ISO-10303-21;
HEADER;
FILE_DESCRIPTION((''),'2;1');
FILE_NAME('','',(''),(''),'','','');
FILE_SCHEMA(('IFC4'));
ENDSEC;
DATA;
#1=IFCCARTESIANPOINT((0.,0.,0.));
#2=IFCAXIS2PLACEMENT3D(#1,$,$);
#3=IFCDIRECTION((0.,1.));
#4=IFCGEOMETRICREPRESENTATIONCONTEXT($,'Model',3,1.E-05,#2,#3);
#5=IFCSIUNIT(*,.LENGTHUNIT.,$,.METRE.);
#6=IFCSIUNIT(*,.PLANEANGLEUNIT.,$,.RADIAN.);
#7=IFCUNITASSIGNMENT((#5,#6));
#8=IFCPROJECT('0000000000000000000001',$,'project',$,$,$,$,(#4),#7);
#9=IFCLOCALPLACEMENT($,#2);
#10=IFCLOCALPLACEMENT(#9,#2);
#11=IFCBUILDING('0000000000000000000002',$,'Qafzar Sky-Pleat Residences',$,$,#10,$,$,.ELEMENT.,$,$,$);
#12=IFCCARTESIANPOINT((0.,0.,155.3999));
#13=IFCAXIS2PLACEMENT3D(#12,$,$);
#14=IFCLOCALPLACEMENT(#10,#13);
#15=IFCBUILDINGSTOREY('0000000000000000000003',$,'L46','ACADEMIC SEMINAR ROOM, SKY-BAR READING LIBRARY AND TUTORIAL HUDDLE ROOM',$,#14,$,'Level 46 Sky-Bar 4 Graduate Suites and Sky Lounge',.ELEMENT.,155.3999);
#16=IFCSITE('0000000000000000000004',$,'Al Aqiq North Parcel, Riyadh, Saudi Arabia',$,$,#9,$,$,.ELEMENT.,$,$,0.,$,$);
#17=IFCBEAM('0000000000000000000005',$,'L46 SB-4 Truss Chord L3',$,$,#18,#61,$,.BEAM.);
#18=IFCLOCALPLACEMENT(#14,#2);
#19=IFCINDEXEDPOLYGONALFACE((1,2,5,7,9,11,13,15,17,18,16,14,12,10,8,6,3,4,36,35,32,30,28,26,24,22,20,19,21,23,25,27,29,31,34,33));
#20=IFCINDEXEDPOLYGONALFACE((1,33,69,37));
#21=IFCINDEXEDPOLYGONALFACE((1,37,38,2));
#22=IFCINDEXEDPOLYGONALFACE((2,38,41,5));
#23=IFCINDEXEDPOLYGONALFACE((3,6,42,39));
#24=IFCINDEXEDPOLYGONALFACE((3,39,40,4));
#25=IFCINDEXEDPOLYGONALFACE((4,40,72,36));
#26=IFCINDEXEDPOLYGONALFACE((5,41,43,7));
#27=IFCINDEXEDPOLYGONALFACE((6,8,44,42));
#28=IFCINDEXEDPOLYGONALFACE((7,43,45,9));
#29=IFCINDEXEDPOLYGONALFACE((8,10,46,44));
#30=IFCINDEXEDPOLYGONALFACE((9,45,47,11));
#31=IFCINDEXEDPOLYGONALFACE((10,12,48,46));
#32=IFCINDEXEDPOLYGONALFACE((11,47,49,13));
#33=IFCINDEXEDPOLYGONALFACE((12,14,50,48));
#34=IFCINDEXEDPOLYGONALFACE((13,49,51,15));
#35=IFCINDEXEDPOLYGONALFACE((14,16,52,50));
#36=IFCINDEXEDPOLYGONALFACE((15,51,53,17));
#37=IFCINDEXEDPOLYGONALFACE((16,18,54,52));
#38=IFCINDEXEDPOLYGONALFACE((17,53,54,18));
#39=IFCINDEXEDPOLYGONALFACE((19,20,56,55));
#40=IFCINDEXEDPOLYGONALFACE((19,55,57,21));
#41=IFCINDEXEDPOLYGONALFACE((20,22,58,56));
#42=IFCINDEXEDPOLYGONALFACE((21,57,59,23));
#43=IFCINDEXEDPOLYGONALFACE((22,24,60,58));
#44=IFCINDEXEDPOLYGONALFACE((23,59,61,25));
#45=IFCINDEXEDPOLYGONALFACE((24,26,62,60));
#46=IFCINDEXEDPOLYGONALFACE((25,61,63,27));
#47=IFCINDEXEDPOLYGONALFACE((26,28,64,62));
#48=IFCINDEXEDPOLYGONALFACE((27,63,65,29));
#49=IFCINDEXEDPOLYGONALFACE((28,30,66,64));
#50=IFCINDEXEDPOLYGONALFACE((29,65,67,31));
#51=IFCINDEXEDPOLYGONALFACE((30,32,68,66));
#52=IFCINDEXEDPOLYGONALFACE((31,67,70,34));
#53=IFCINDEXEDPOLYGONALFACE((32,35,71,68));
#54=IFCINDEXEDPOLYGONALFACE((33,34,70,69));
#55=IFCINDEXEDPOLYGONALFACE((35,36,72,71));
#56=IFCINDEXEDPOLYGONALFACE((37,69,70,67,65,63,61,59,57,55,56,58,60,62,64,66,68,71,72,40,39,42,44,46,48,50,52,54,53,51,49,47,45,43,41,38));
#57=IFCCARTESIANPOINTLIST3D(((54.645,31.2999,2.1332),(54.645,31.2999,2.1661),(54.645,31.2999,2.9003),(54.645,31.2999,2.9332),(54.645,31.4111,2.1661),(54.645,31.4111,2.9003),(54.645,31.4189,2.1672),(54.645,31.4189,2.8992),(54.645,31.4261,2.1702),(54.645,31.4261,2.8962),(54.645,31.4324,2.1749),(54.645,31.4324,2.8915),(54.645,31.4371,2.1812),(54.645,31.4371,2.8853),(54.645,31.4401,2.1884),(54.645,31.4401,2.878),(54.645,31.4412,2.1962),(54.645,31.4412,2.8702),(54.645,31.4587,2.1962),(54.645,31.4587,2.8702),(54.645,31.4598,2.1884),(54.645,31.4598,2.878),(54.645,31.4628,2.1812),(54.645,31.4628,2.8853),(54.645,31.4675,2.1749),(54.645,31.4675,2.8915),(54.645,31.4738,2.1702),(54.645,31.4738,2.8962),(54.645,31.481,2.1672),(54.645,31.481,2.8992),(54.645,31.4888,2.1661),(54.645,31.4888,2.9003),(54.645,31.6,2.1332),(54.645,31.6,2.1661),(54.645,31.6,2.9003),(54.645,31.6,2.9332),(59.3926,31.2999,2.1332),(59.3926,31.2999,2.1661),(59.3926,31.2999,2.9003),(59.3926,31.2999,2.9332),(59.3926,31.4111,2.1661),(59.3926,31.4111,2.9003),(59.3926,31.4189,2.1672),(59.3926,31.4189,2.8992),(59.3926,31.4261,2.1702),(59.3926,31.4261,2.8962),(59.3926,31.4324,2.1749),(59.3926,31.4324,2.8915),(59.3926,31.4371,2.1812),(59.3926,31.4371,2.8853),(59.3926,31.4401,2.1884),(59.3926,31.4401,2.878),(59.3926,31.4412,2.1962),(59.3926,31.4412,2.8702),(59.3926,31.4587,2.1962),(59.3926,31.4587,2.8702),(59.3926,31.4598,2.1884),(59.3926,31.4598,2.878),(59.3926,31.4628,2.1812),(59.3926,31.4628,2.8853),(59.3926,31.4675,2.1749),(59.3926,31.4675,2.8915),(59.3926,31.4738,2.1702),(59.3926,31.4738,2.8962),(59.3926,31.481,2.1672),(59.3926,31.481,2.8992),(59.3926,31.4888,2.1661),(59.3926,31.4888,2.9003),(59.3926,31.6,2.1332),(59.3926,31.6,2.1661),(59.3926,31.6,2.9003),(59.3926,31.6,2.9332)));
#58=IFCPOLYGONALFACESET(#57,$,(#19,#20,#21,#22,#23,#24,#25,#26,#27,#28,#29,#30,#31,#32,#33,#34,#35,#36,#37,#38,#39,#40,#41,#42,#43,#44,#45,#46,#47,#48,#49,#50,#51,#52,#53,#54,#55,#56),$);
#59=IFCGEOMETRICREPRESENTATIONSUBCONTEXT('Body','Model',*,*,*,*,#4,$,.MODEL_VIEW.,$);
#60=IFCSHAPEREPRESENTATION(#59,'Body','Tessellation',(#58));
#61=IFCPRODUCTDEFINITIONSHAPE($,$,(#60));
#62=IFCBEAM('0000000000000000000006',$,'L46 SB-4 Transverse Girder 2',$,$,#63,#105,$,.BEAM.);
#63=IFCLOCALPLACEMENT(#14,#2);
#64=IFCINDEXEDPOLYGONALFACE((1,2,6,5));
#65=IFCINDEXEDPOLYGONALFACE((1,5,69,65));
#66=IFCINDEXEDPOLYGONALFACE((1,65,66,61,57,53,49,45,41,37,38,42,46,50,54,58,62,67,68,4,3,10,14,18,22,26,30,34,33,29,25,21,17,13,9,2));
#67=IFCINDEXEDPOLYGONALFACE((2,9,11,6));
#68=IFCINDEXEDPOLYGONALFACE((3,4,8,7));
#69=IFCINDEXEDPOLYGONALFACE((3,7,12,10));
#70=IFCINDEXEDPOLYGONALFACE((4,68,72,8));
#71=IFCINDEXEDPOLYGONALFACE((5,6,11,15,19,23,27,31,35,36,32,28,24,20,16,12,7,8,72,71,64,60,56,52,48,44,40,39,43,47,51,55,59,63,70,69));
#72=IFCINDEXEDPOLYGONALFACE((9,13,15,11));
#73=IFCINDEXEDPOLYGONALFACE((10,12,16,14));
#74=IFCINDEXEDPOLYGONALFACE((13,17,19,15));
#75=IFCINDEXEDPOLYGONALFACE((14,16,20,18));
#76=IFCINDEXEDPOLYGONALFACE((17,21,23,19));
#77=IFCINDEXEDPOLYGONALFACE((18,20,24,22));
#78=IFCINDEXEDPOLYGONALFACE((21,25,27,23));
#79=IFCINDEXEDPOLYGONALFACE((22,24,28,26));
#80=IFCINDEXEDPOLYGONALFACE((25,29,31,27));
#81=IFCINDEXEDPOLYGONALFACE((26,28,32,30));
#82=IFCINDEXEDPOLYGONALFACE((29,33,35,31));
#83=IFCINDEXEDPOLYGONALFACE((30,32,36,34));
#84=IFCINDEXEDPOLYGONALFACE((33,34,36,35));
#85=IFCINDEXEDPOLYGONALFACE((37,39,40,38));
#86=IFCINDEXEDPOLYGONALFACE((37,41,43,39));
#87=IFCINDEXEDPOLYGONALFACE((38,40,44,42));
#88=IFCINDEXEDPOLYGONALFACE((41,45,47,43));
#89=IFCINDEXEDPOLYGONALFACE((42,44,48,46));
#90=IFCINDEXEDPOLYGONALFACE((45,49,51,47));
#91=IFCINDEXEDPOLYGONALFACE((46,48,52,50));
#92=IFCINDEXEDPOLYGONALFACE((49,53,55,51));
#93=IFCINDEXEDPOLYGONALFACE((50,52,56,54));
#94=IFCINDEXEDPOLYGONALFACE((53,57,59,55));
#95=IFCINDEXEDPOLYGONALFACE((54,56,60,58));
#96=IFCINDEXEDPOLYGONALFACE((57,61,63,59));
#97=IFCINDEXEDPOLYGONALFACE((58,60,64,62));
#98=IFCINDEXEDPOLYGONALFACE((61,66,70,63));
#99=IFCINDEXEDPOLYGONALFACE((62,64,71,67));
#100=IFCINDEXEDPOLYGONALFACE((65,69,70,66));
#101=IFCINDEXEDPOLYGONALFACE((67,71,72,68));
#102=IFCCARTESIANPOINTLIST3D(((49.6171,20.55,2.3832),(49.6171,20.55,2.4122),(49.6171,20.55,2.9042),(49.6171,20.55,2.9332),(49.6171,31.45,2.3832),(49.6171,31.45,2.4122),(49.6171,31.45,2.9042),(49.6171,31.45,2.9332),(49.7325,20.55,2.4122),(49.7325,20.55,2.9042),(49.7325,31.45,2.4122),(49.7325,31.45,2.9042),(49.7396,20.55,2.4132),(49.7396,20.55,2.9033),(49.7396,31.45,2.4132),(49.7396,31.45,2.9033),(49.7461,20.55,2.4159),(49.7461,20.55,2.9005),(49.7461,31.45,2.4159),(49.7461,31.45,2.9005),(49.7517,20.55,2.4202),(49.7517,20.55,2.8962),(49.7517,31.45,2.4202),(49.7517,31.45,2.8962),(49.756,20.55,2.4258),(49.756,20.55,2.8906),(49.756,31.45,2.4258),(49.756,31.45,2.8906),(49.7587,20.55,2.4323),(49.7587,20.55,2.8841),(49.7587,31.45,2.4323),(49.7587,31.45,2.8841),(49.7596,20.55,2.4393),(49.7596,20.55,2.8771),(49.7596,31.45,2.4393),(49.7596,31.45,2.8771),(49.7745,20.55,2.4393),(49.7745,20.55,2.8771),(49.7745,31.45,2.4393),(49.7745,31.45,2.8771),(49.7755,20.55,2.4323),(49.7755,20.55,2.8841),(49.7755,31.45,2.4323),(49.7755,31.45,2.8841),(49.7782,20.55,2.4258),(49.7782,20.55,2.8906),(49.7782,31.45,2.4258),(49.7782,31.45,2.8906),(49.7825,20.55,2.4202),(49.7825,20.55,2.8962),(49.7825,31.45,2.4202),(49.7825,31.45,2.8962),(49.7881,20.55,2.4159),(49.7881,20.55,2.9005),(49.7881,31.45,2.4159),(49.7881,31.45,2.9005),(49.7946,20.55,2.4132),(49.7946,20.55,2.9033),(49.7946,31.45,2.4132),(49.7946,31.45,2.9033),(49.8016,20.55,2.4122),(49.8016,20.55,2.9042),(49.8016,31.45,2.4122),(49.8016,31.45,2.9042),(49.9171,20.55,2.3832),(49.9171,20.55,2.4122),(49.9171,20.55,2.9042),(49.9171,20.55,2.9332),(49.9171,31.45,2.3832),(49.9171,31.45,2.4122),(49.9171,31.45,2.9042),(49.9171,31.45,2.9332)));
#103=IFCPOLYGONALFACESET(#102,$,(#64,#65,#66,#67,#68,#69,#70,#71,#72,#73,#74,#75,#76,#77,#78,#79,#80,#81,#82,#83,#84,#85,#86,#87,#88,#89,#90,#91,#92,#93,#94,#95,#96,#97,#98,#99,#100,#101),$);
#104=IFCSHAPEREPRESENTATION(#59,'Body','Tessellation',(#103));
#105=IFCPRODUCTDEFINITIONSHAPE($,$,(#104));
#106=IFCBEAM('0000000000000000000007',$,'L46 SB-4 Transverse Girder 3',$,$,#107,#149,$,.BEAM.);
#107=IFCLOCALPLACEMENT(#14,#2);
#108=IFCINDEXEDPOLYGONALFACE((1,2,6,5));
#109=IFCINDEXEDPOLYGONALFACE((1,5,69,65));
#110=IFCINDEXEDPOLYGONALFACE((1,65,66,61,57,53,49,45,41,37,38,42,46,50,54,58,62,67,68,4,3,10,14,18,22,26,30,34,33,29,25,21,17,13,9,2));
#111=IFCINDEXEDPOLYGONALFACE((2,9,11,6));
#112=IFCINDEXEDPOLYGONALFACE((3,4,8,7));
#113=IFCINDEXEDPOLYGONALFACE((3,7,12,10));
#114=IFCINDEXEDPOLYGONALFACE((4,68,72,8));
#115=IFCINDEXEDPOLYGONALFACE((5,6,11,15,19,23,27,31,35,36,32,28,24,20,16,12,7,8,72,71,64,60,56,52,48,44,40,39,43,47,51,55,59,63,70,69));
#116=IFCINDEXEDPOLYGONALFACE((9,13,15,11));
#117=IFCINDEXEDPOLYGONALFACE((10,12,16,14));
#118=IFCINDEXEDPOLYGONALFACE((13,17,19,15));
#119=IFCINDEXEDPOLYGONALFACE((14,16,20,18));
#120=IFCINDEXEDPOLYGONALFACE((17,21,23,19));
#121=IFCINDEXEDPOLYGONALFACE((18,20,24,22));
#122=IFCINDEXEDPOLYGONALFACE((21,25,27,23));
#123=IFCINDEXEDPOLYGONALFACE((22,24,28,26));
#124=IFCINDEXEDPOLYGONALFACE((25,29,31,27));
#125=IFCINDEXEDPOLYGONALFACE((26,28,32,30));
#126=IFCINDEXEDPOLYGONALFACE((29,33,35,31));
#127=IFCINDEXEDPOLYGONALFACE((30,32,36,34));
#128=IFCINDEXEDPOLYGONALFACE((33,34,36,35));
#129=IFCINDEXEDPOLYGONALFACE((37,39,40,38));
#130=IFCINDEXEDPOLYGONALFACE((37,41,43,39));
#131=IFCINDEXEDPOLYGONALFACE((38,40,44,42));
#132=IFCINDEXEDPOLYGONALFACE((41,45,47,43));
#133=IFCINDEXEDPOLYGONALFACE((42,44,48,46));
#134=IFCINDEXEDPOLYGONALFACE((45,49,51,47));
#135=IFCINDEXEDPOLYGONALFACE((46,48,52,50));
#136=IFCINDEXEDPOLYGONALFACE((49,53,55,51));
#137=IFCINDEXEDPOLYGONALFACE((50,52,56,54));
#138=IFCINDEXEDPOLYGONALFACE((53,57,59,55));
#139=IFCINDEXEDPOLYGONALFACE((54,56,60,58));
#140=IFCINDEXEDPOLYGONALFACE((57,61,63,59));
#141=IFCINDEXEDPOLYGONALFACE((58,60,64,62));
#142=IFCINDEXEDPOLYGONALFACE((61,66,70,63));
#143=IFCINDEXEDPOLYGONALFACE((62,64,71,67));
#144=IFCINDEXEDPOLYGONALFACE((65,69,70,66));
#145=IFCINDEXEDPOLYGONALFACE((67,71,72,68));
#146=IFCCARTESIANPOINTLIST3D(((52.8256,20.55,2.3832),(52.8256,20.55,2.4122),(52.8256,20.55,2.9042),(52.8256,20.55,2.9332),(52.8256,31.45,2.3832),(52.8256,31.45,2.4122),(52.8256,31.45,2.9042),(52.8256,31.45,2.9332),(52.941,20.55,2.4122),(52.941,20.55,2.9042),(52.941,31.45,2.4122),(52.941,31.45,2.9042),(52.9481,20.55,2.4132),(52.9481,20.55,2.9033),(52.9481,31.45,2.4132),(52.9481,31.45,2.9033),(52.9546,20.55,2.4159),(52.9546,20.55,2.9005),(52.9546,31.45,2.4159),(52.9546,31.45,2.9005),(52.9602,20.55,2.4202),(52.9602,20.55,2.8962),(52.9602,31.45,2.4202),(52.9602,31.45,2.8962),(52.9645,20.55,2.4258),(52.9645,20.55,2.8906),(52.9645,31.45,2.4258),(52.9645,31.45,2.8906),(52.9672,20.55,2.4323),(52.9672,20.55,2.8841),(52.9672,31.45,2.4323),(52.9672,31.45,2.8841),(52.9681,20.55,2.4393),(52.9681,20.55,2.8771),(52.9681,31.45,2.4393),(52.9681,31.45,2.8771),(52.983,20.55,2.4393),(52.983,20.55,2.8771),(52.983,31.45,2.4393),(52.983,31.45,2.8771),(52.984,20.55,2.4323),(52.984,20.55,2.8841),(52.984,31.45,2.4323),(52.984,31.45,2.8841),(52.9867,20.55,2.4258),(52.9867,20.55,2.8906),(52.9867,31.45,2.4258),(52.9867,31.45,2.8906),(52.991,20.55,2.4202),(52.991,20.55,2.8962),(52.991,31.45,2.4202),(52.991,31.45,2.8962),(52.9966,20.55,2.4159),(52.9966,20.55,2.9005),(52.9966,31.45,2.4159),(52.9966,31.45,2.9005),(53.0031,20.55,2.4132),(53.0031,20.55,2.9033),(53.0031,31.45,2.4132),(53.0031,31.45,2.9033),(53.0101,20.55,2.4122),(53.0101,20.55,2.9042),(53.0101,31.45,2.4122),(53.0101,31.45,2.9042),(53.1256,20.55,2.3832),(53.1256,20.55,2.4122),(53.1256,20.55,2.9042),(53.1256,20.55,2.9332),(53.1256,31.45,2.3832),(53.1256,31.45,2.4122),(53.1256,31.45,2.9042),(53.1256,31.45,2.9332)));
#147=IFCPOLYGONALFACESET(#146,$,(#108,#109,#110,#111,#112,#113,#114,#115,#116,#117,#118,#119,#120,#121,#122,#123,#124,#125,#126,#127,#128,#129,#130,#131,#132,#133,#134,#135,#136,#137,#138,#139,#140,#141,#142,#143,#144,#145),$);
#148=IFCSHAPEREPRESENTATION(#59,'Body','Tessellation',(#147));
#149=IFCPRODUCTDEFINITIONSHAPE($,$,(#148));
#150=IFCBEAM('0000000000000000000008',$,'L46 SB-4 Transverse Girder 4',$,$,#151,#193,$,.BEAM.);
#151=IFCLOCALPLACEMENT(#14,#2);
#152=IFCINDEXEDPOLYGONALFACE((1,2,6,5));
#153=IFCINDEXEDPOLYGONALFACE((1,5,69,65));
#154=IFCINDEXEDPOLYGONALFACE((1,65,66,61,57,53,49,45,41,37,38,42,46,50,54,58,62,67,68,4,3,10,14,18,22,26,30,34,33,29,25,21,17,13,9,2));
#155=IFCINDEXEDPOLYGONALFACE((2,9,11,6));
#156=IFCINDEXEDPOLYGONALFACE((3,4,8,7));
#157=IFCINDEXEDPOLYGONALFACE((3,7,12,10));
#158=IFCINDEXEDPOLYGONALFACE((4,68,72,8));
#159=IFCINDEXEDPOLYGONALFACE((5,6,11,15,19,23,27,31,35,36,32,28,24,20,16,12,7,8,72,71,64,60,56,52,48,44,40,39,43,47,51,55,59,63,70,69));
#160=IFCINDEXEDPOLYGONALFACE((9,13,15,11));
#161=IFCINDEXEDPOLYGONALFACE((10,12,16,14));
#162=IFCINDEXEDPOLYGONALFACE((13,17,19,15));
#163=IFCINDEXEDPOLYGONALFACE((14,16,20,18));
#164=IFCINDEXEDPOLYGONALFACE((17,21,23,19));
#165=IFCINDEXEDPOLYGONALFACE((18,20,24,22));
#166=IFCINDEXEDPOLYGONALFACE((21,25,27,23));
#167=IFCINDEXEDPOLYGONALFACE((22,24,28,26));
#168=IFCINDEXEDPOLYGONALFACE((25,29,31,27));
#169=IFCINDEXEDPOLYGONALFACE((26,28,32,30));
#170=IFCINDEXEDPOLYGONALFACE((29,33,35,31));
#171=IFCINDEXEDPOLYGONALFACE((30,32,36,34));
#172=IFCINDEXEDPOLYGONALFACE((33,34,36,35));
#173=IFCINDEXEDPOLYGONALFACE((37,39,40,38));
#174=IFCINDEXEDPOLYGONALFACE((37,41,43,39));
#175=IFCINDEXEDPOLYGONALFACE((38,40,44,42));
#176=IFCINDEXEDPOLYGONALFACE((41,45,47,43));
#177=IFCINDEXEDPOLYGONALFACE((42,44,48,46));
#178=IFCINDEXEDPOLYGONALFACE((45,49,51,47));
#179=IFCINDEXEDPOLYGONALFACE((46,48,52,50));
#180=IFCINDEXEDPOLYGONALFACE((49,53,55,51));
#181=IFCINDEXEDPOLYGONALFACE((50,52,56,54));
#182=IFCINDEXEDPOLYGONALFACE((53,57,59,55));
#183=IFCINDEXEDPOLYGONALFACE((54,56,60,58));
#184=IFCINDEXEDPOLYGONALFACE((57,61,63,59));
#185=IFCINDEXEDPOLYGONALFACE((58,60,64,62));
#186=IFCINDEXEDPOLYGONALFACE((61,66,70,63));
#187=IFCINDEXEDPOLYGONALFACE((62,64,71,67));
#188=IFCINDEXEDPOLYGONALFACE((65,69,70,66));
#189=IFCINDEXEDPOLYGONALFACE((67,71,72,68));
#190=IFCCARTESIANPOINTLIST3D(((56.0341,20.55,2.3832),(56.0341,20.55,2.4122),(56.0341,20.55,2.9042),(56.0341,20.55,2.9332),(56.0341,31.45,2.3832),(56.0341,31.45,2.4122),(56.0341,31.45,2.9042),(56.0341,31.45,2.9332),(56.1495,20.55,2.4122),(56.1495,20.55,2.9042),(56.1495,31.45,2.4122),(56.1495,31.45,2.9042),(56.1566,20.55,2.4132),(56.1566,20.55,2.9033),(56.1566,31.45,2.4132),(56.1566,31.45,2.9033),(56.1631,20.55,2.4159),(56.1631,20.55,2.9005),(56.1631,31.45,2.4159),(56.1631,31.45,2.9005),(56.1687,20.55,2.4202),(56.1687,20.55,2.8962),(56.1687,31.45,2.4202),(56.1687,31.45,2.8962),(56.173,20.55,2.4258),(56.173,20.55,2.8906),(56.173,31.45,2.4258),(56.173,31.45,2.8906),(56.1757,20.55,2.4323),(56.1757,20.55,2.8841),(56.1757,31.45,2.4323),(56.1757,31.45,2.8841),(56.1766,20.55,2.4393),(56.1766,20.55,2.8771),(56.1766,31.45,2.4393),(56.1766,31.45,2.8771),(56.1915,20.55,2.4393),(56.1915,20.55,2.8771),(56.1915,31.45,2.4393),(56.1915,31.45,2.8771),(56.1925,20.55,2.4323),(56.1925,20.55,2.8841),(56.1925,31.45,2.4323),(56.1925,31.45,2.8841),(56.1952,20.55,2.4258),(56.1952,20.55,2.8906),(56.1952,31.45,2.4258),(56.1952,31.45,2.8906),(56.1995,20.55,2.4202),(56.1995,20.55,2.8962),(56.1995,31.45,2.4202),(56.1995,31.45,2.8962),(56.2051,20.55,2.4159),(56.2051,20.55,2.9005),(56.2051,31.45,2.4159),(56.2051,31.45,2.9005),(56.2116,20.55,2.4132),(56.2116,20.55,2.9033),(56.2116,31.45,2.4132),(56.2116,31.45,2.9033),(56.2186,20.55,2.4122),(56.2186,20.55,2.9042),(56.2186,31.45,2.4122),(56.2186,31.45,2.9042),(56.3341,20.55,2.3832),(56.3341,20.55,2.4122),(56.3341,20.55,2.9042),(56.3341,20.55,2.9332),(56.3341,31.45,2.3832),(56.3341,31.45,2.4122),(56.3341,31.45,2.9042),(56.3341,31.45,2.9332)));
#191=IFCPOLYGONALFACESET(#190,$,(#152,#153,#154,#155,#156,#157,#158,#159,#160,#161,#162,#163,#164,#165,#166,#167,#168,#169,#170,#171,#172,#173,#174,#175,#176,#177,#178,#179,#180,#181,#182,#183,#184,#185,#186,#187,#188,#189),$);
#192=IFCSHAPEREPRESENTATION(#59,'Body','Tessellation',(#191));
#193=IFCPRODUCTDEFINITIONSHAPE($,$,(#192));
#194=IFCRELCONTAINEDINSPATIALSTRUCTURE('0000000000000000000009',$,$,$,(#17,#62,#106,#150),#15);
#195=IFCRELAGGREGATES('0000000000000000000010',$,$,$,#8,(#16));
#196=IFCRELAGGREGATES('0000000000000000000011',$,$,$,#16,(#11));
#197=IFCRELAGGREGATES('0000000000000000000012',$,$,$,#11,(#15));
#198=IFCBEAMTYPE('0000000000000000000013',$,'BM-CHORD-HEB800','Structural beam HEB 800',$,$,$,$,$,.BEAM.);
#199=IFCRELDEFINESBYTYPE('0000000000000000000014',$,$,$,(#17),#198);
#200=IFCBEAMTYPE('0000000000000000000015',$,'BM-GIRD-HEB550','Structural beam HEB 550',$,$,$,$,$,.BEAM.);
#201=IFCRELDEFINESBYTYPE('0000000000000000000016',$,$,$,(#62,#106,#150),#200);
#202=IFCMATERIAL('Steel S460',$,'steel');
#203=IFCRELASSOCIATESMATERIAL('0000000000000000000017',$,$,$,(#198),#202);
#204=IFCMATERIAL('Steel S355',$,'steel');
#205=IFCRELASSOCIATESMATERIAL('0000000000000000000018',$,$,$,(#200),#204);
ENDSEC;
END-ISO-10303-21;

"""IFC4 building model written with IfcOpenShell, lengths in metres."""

from ifc_helpers import new_model, si_unit, direction, frame, origin, origin_2d, place, context, subcontext, project, spatial, i_section, extrude, source, transform, mapped, material, material_profile, profile_set, type_object, element, save


model = new_model("IFC4")

# Units and contexts
model_context = context("Model", 3, precision=1e-05, world=origin(), true_north=direction((0.0, 1.0)))
body_context = subcontext(model_context, "Body", "Model", "MODEL_VIEW")
ifc_project = project(units=[si_unit("LENGTHUNIT", "METRE"), si_unit("PLANEANGLEUNIT", "RADIAN")], contexts=[model_context])

# Site, building, storey
site_placement = place(None, origin())
site = spatial("IfcSite", under=ifc_project, at=site_placement, Name="Al Aqiq North Parcel, Riyadh, Saudi Arabia", CompositionType="ELEMENT", RefElevation=0.0)
building_placement = place(site_placement, origin())
building = spatial("IfcBuilding", under=site, at=building_placement, Name="Qafzar Sky-Pleat Residences", CompositionType="ELEMENT")
storey_placement = place(building_placement, frame((0.0, 0.0, 155.3999)))
storey = spatial("IfcBuildingStorey", under=building, at=storey_placement, Name="L46", Description="ACADEMIC SEMINAR ROOM, SKY-BAR READING LIBRARY AND TUTORIAL HUDDLE ROOM", LongName="Level 46 Sky-Bar 4 Graduate Suites and Sky Lounge", CompositionType="ELEMENT", Elevation=155.3999)

# Beams
ifc_material_1 = material(Name="Steel S460", Category="steel")
ifc_material_profile_1 = material_profile(ifc_material_1, i_section(OverallWidth=0.3, OverallDepth=0.8, WebThickness=0.0176, FlangeThickness=0.033, FilletRadius=0.03, at=origin_2d()), Name="HEB 800")
ifc_profile_set_1 = profile_set([ifc_material_profile_1], Name="Steel S460")
beam_type_1 = type_object("IfcBeamType", Name="BM-CHORD-HEB800", Description="Structural beam HEB 800", PredefinedType="BEAM", material=ifc_profile_set_1)
shared_shape_1 = source(origin(), body_context, "Body", "SweptSolid", [
    extrude(i_section(OverallWidth=0.3, OverallDepth=0.8, WebThickness=0.0176, FlangeThickness=0.033, FilletRadius=0.03, at=origin_2d()), origin(), (0.0, 0.0, 1.0), 4.7476),
])
beam_placement = place(storey_placement, frame((54.645, 31.45, 2.5332), z_axis=(1.0, 0.0, 0.0), x_axis=(0.0, 1.0, 0.0)))
element("IfcBeam", 1, at=beam_placement, inside=storey, type_object=beam_type_1, Name="L46 SB-4 Truss Chord L3", PredefinedType="BEAM", context=body_context, shape_type="MappedRepresentation", body=[
    mapped(shared_shape_1, transform((0.0, 0.0, 0.0), x_axis=(1.0, 0.0, 0.0), y_axis=(0.0, 1.0, 0.0), z_axis=(0.0, 0.0, 1.0), scale=1.0)),
])
ifc_material_2 = material(Name="Steel S355", Category="steel")
ifc_material_profile_2 = material_profile(ifc_material_2, i_section(OverallWidth=0.3, OverallDepth=0.55, WebThickness=0.0149, FlangeThickness=0.0291, FilletRadius=0.0271, at=origin_2d()), Name="HEB 550")
ifc_profile_set_2 = profile_set([ifc_material_profile_2], Name="Steel S355")
beam_type_2 = type_object("IfcBeamType", Name="BM-GIRD-HEB550", Description="Structural beam HEB 550", PredefinedType="BEAM", material=ifc_profile_set_2)
shared_shape_2 = source(origin(), body_context, "Body", "SweptSolid", [
    extrude(i_section(OverallWidth=0.3, OverallDepth=0.55, WebThickness=0.0149, FlangeThickness=0.0291, FilletRadius=0.0271, at=origin_2d()), origin(), (0.0, 0.0, 1.0), 10.8999),
])
for number, where, z_axis, x_axis, name in (
    (2, (49.7671, 31.45, 2.6582), (0.0, -1.0, 0.0), (1.0, 0.0, 0.0), "L46 SB-4 Transverse Girder 2"),
    (3, (52.9756, 31.45, 2.6582), (0.0, -1.0, 0.0), (1.0, 0.0, 0.0), "L46 SB-4 Transverse Girder 3"),
    (4, (56.1841, 31.45, 2.6582), (0.0, -1.0, 0.0), (1.0, 0.0, 0.0), "L46 SB-4 Transverse Girder 4"),
):
    element("IfcBeam", number, at=place(storey_placement, frame(where, z_axis=z_axis, x_axis=x_axis)), inside=storey, type_object=beam_type_2, Name=name, PredefinedType="BEAM", context=body_context, shape_type="MappedRepresentation", body=[
        mapped(shared_shape_2, transform((0.0, 0.0, 0.0), x_axis=(1.0, 0.0, 0.0), y_axis=(0.0, 1.0, 0.0), z_axis=(0.0, 0.0, 1.0), scale=1.0)),
    ])

save(model, "model.ifc")
